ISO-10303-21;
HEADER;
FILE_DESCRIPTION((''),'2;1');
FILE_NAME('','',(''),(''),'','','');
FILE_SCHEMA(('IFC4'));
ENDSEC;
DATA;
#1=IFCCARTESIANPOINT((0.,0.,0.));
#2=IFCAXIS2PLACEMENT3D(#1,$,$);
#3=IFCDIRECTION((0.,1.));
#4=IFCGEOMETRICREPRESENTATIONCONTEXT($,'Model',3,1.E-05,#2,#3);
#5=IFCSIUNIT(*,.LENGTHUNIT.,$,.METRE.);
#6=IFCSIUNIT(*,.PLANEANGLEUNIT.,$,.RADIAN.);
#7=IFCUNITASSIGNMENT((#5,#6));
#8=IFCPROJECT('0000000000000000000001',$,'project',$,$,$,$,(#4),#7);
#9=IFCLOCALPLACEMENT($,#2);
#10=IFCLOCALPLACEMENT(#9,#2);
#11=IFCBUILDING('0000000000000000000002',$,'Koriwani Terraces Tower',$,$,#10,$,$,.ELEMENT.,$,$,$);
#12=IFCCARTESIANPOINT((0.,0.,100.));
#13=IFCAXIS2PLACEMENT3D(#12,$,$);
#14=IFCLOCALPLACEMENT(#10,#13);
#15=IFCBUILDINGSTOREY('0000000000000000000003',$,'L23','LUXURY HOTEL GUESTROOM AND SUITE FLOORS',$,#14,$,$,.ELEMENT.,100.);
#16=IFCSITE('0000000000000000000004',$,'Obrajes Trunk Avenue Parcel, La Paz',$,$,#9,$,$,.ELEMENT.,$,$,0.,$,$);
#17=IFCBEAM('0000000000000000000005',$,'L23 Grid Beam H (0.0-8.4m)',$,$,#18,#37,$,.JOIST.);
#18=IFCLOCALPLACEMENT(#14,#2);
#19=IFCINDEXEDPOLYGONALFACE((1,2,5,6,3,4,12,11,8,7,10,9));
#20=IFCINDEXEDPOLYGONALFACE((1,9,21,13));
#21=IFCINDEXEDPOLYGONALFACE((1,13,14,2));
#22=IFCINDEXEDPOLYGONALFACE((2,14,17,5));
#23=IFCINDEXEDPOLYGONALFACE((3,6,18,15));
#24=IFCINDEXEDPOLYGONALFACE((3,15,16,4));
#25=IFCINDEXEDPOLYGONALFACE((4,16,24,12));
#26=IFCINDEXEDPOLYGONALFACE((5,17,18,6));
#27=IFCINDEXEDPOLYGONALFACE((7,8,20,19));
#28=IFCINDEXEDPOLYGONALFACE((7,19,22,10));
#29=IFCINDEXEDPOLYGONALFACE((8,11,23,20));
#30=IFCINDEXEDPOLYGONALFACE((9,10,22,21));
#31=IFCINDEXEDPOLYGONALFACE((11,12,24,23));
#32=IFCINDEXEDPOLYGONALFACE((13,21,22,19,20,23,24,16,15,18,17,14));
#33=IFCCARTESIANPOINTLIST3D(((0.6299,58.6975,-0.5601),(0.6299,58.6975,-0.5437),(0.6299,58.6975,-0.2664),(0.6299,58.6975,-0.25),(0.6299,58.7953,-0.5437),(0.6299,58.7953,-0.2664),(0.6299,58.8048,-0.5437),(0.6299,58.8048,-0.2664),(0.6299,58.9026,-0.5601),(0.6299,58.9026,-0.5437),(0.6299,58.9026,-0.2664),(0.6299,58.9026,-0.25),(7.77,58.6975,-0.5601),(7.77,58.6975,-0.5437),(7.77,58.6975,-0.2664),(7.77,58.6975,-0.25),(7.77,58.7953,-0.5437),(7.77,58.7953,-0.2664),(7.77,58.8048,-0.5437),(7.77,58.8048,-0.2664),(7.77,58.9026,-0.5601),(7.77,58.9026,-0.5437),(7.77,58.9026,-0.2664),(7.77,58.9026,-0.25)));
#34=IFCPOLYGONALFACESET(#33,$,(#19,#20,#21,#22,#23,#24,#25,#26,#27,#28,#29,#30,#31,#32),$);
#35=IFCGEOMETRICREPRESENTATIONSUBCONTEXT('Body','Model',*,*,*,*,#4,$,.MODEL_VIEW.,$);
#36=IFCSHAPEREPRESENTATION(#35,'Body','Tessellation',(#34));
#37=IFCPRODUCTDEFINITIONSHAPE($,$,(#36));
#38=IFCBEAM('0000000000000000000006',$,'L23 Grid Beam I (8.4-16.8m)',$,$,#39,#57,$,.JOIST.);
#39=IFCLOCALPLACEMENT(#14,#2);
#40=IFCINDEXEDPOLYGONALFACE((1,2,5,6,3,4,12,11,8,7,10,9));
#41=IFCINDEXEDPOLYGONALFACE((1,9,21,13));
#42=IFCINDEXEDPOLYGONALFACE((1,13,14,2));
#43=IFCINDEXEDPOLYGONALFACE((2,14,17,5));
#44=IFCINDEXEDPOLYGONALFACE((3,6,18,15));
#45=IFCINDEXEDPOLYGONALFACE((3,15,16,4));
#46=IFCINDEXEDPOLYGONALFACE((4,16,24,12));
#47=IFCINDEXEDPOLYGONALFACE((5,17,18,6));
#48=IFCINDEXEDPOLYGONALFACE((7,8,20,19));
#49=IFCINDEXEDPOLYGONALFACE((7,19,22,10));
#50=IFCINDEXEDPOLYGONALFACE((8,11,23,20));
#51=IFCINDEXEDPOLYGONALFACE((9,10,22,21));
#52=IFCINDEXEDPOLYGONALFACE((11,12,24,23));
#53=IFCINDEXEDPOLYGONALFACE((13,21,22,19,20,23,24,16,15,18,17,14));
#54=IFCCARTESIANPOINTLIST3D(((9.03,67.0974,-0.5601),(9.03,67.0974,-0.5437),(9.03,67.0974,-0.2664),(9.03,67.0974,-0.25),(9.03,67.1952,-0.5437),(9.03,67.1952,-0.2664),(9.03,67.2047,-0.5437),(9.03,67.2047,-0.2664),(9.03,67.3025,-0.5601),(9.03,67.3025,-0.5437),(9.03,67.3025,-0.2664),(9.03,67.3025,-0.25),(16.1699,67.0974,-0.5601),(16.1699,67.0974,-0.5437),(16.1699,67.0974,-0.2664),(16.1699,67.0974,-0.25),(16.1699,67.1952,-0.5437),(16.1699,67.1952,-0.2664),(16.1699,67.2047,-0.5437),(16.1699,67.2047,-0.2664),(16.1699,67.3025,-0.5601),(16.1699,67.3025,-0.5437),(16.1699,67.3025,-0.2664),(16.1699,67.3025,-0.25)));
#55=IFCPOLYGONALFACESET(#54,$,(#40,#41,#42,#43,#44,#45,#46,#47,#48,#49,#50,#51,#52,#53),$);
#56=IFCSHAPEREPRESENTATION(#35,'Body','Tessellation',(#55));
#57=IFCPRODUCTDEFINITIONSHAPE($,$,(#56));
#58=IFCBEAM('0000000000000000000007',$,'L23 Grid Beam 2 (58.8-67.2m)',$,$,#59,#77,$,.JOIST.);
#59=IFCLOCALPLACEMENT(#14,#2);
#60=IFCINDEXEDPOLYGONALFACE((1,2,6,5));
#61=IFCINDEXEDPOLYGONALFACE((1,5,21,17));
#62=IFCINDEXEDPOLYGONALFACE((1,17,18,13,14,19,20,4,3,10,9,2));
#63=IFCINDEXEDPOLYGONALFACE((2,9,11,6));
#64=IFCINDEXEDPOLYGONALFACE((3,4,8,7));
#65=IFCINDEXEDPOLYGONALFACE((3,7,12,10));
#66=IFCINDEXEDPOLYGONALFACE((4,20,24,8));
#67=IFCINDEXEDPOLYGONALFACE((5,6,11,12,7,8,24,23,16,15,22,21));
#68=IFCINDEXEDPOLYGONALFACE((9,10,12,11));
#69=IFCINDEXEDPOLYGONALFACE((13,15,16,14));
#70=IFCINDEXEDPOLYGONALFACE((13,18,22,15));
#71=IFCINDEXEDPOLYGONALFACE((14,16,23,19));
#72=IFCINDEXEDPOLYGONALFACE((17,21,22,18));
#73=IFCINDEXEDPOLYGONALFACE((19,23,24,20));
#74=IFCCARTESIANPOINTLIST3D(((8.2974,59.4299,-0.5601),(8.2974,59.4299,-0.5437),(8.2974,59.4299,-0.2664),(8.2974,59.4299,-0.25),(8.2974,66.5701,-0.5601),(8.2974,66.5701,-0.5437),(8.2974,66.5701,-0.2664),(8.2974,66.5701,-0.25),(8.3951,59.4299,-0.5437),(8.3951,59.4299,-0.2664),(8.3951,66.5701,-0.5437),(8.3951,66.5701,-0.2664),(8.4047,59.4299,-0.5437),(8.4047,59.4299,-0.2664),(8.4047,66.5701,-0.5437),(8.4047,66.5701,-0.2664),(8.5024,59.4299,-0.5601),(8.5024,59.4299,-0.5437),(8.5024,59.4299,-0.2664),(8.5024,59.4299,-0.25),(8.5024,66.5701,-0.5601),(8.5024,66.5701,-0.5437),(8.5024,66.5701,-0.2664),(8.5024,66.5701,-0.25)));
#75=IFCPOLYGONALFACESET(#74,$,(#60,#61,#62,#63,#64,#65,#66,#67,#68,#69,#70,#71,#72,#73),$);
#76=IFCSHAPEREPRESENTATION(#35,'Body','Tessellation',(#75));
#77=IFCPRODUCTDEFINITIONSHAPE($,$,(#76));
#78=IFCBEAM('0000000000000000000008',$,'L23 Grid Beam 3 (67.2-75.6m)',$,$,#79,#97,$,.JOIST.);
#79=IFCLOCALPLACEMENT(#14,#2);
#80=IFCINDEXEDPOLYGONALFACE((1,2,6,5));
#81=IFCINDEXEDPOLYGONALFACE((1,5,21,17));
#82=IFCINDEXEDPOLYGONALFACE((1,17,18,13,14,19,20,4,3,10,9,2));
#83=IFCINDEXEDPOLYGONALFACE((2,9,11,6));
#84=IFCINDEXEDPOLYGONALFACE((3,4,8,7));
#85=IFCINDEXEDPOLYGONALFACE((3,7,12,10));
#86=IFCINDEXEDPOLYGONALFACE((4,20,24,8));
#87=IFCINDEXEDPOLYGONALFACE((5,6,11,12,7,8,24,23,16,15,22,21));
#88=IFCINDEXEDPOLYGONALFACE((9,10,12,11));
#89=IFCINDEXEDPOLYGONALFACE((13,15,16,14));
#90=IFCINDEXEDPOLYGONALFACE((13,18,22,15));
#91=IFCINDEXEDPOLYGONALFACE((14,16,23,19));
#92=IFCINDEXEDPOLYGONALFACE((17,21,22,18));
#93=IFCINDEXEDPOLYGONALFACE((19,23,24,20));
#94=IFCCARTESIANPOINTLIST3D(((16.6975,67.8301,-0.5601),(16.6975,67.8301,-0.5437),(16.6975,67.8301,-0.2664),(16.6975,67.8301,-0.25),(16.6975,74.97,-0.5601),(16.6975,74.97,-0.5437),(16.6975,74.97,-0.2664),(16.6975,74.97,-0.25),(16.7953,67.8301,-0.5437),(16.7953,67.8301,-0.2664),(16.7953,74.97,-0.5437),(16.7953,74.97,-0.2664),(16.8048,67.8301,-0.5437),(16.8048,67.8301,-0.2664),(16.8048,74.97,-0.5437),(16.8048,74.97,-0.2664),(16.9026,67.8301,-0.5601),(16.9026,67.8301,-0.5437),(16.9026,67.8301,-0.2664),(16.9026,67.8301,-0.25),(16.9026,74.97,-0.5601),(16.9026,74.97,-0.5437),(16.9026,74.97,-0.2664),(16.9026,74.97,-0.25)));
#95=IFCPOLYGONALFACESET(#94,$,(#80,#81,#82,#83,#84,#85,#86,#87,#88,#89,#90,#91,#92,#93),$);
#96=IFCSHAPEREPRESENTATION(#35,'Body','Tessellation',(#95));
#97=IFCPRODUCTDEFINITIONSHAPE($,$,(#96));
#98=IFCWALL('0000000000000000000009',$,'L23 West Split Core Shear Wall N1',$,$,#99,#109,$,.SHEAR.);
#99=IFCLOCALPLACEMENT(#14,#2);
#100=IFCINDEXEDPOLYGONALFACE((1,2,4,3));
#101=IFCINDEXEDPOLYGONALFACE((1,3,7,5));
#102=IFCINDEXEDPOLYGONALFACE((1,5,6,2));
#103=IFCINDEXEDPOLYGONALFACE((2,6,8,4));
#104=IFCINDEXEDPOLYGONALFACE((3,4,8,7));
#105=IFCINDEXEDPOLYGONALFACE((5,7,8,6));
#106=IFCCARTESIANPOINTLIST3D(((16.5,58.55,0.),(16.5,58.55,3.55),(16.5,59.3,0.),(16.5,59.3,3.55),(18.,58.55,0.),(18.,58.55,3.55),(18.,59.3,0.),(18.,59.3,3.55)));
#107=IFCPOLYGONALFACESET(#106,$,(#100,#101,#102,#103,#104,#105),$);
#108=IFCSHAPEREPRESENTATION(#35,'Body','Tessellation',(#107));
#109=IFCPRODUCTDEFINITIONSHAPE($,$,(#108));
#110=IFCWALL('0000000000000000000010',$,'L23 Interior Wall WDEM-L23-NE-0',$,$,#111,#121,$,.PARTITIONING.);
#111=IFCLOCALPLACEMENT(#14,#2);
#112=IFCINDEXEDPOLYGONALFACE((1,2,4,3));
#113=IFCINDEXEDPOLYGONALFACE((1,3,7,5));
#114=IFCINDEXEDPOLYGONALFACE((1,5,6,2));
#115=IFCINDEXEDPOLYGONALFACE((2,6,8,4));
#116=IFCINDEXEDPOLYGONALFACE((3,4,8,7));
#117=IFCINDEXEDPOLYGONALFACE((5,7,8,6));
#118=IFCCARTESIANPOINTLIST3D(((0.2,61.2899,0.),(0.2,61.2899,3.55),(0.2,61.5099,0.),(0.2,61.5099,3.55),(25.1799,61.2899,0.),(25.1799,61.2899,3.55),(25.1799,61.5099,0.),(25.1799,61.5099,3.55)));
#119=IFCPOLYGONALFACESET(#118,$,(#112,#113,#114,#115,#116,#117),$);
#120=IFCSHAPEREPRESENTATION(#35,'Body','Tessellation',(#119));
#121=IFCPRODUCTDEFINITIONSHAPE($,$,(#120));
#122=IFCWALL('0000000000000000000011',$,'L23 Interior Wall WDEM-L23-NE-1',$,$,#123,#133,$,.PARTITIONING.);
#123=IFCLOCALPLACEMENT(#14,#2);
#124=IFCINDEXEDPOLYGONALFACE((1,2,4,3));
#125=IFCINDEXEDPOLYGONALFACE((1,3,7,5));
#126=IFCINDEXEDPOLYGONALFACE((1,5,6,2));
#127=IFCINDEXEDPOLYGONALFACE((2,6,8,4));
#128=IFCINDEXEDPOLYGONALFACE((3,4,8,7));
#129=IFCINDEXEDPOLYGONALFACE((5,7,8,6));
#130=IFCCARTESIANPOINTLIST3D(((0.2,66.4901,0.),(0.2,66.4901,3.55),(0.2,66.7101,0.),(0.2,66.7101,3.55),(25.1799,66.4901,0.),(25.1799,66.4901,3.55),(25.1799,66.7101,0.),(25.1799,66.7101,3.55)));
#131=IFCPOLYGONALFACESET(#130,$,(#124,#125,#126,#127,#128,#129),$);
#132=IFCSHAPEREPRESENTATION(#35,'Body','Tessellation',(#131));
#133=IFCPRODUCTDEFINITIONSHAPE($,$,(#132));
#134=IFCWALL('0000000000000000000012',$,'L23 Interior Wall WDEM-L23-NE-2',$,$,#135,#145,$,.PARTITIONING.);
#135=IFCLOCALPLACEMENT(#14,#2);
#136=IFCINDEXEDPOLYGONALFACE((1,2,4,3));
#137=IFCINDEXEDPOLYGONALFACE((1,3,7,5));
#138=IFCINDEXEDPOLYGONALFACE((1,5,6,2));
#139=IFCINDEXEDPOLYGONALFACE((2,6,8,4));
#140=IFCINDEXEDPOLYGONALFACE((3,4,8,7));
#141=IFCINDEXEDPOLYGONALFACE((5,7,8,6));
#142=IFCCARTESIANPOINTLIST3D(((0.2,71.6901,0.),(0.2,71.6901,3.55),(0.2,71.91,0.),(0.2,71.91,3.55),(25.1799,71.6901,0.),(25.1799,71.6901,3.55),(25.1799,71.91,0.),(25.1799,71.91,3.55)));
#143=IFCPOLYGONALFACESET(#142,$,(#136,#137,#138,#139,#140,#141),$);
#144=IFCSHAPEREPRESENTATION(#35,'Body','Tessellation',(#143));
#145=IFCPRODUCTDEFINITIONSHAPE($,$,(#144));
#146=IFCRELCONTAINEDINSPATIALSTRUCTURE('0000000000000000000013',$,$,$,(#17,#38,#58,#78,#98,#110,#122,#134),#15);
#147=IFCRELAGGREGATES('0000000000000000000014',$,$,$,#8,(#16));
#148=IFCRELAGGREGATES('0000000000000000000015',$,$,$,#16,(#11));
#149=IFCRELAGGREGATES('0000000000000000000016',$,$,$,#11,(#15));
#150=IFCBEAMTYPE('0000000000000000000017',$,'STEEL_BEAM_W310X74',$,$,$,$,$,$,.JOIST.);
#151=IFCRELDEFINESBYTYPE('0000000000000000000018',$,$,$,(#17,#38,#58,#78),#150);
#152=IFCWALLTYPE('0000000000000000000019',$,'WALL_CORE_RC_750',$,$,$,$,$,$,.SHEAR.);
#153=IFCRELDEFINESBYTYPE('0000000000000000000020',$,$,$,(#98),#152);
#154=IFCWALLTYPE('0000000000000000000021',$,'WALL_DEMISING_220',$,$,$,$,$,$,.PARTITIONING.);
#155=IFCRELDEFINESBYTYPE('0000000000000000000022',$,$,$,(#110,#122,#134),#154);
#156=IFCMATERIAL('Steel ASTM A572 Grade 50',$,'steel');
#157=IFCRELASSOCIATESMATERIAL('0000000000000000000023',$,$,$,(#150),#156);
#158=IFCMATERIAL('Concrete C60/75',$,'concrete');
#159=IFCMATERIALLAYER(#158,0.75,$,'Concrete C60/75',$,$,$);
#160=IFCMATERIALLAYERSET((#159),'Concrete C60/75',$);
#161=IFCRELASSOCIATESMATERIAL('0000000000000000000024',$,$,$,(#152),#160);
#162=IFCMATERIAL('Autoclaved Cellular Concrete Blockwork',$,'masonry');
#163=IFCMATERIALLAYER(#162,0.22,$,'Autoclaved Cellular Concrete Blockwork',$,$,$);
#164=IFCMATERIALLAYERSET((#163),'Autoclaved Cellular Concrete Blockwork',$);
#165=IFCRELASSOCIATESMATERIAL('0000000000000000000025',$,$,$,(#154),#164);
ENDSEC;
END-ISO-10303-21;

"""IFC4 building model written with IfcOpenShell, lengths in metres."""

from ifc_helpers import new_model, si_unit, direction, frame, frame_2d, origin, origin_2d, place, context, subcontext, project, spatial, rectangle, i_section, extrude, material, layer, layer_set, material_profile, profile_set, type_object, element, save


model = new_model("IFC4")

# Units and contexts
model_context = context("Model", 3, precision=1e-05, world=origin(), true_north=direction((0.0, 1.0)))
body_context = subcontext(model_context, "Body", "Model", "MODEL_VIEW")
ifc_project = project(units=[si_unit("LENGTHUNIT", "METRE"), si_unit("PLANEANGLEUNIT", "RADIAN")], contexts=[model_context])

# Site, building, storey
site_placement = place(None, origin())
site = spatial("IfcSite", under=ifc_project, at=site_placement, Name="Obrajes Trunk Avenue Parcel, La Paz", CompositionType="ELEMENT", RefElevation=0.0)
building_placement = place(site_placement, origin())
building = spatial("IfcBuilding", under=site, at=building_placement, Name="Koriwani Terraces Tower", CompositionType="ELEMENT")
storey_placement = place(building_placement, frame((0.0, 0.0, 100.0)))
storey = spatial("IfcBuildingStorey", under=building, at=storey_placement, Name="L23", Description="LUXURY HOTEL GUESTROOM AND SUITE FLOORS", CompositionType="ELEMENT", Elevation=100.0)

# Shared definitions
ifc_material_1 = material(Name="Concrete C60/75", Category="concrete")

# Beams
ifc_material_2 = material(Name="Steel ASTM A572 Grade 50", Category="steel")
ifc_material_profile_1 = material_profile(ifc_material_2, i_section(OverallWidth=0.2051, OverallDepth=0.3101, WebThickness=0.0095, FlangeThickness=0.0164, at=origin_2d()), Name="Steel ASTM A572 Grade 50", Category="LoadBearing")
ifc_profile_set_1 = profile_set([ifc_material_profile_1], Name="Steel ASTM A572 Grade 50")
beam_type_1 = type_object("IfcBeamType", Name="STEEL_BEAM_W310X74", PredefinedType="JOIST", material=ifc_profile_set_1)
beam_1_placement = place(storey_placement, frame((0.6299, 58.8, -0.405), z_axis=(1.0, 0.0, 0.0), x_axis=(0.0, 1.0, 0.0)))
element("IfcBeam", 1, at=beam_1_placement, inside=storey, type_object=beam_type_1, Name="L23 Grid Beam H (0.0-8.4m)", PredefinedType="JOIST", context=body_context, shape_type="SweptSolid", body=[
    extrude(i_section(OverallWidth=0.2051, OverallDepth=0.3101, WebThickness=0.0095, FlangeThickness=0.0164, at=origin_2d()), origin(), (0.0, 0.0, 1.0), 7.1401),
])
beam_2_placement = place(storey_placement, frame((9.03, 67.2, -0.405), z_axis=(1.0, 0.0, 0.0), x_axis=(0.0, 1.0, 0.0)))
element("IfcBeam", 2, at=beam_2_placement, inside=storey, type_object=beam_type_1, Name="L23 Grid Beam I (8.4-16.8m)", PredefinedType="JOIST", context=body_context, shape_type="SweptSolid", body=[
    extrude(i_section(OverallWidth=0.2051, OverallDepth=0.3101, WebThickness=0.0095, FlangeThickness=0.0164, at=origin_2d()), origin(), (0.0, 0.0, 1.0), 7.1399),
])
beam_3_placement = place(storey_placement, frame((8.3999, 59.4299, -0.405), z_axis=(0.0, 1.0, 0.0), x_axis=(-1.0, 0.0, 0.0)))
element("IfcBeam", 3, at=beam_3_placement, inside=storey, type_object=beam_type_1, Name="L23 Grid Beam 2 (58.8-67.2m)", PredefinedType="JOIST", context=body_context, shape_type="SweptSolid", body=[
    extrude(i_section(OverallWidth=0.2051, OverallDepth=0.3101, WebThickness=0.0095, FlangeThickness=0.0164, at=origin_2d()), origin(), (0.0, 0.0, 1.0), 7.1401),
])
beam_4_placement = place(storey_placement, frame((16.8, 67.8301, -0.405), z_axis=(0.0, 1.0, 0.0), x_axis=(-1.0, 0.0, 0.0)))
element("IfcBeam", 4, at=beam_4_placement, inside=storey, type_object=beam_type_1, Name="L23 Grid Beam 3 (67.2-75.6m)", PredefinedType="JOIST", context=body_context, shape_type="SweptSolid", body=[
    extrude(i_section(OverallWidth=0.2051, OverallDepth=0.3101, WebThickness=0.0095, FlangeThickness=0.0164, at=origin_2d()), origin(), (0.0, 0.0, 1.0), 7.1399),
])

# Walls
ifc_layer_1 = layer(ifc_material_1, 0.75, Name="Concrete C60/75")
ifc_layer_set_1 = layer_set([ifc_layer_1], Name="Concrete C60/75")
wall_type_1 = type_object("IfcWallType", Name="WALL_CORE_RC_750", PredefinedType="SHEAR", material=ifc_layer_set_1)
wall_1_placement = place(storey_placement, frame((16.5, 58.925, 0.0), z_axis=(0.0, 0.0, 1.0), x_axis=(1.0, 0.0, 0.0)))
element("IfcWall", 5, at=wall_1_placement, inside=storey, type_object=wall_type_1, Name="L23 West Split Core Shear Wall N1", PredefinedType="SHEAR", context=body_context, shape_type="SweptSolid", body=[
    extrude(rectangle(XDim=1.5, YDim=0.75, at=frame_2d((0.75, 0.0))), origin(), (0.0, 0.0, 1.0), 3.55),
])
ifc_material_3 = material(Name="Autoclaved Cellular Concrete Blockwork", Category="masonry")
ifc_layer_2 = layer(ifc_material_3, 0.22, Name="Autoclaved Cellular Concrete Blockwork")
ifc_layer_set_2 = layer_set([ifc_layer_2], Name="Autoclaved Cellular Concrete Blockwork")
wall_type_2 = type_object("IfcWallType", Name="WALL_DEMISING_220", PredefinedType="PARTITIONING", material=ifc_layer_set_2)
for number, where, z_axis, x_axis, name in (
    (6, (0.2, 61.3999, 0.0), (0.0, 0.0, 1.0), (1.0, 0.0, 0.0), "L23 Interior Wall WDEM-L23-NE-0"),
    (7, (0.2, 66.6001, 0.0), (0.0, 0.0, 1.0), (1.0, 0.0, 0.0), "L23 Interior Wall WDEM-L23-NE-1"),
    (8, (0.2, 71.8, 0.0), (0.0, 0.0, 1.0), (1.0, 0.0, 0.0), "L23 Interior Wall WDEM-L23-NE-2"),
):
    element("IfcWall", number, at=place(storey_placement, frame(where, z_axis=z_axis, x_axis=x_axis)), inside=storey, type_object=wall_type_2, Name=name, PredefinedType="PARTITIONING", context=body_context, shape_type="SweptSolid", body=[
        extrude(rectangle(XDim=24.98, YDim=0.22, at=frame_2d((12.49, 0.0))), origin(), (0.0, 0.0, 1.0), 3.55),
    ])

save(model, "model.ifc")
